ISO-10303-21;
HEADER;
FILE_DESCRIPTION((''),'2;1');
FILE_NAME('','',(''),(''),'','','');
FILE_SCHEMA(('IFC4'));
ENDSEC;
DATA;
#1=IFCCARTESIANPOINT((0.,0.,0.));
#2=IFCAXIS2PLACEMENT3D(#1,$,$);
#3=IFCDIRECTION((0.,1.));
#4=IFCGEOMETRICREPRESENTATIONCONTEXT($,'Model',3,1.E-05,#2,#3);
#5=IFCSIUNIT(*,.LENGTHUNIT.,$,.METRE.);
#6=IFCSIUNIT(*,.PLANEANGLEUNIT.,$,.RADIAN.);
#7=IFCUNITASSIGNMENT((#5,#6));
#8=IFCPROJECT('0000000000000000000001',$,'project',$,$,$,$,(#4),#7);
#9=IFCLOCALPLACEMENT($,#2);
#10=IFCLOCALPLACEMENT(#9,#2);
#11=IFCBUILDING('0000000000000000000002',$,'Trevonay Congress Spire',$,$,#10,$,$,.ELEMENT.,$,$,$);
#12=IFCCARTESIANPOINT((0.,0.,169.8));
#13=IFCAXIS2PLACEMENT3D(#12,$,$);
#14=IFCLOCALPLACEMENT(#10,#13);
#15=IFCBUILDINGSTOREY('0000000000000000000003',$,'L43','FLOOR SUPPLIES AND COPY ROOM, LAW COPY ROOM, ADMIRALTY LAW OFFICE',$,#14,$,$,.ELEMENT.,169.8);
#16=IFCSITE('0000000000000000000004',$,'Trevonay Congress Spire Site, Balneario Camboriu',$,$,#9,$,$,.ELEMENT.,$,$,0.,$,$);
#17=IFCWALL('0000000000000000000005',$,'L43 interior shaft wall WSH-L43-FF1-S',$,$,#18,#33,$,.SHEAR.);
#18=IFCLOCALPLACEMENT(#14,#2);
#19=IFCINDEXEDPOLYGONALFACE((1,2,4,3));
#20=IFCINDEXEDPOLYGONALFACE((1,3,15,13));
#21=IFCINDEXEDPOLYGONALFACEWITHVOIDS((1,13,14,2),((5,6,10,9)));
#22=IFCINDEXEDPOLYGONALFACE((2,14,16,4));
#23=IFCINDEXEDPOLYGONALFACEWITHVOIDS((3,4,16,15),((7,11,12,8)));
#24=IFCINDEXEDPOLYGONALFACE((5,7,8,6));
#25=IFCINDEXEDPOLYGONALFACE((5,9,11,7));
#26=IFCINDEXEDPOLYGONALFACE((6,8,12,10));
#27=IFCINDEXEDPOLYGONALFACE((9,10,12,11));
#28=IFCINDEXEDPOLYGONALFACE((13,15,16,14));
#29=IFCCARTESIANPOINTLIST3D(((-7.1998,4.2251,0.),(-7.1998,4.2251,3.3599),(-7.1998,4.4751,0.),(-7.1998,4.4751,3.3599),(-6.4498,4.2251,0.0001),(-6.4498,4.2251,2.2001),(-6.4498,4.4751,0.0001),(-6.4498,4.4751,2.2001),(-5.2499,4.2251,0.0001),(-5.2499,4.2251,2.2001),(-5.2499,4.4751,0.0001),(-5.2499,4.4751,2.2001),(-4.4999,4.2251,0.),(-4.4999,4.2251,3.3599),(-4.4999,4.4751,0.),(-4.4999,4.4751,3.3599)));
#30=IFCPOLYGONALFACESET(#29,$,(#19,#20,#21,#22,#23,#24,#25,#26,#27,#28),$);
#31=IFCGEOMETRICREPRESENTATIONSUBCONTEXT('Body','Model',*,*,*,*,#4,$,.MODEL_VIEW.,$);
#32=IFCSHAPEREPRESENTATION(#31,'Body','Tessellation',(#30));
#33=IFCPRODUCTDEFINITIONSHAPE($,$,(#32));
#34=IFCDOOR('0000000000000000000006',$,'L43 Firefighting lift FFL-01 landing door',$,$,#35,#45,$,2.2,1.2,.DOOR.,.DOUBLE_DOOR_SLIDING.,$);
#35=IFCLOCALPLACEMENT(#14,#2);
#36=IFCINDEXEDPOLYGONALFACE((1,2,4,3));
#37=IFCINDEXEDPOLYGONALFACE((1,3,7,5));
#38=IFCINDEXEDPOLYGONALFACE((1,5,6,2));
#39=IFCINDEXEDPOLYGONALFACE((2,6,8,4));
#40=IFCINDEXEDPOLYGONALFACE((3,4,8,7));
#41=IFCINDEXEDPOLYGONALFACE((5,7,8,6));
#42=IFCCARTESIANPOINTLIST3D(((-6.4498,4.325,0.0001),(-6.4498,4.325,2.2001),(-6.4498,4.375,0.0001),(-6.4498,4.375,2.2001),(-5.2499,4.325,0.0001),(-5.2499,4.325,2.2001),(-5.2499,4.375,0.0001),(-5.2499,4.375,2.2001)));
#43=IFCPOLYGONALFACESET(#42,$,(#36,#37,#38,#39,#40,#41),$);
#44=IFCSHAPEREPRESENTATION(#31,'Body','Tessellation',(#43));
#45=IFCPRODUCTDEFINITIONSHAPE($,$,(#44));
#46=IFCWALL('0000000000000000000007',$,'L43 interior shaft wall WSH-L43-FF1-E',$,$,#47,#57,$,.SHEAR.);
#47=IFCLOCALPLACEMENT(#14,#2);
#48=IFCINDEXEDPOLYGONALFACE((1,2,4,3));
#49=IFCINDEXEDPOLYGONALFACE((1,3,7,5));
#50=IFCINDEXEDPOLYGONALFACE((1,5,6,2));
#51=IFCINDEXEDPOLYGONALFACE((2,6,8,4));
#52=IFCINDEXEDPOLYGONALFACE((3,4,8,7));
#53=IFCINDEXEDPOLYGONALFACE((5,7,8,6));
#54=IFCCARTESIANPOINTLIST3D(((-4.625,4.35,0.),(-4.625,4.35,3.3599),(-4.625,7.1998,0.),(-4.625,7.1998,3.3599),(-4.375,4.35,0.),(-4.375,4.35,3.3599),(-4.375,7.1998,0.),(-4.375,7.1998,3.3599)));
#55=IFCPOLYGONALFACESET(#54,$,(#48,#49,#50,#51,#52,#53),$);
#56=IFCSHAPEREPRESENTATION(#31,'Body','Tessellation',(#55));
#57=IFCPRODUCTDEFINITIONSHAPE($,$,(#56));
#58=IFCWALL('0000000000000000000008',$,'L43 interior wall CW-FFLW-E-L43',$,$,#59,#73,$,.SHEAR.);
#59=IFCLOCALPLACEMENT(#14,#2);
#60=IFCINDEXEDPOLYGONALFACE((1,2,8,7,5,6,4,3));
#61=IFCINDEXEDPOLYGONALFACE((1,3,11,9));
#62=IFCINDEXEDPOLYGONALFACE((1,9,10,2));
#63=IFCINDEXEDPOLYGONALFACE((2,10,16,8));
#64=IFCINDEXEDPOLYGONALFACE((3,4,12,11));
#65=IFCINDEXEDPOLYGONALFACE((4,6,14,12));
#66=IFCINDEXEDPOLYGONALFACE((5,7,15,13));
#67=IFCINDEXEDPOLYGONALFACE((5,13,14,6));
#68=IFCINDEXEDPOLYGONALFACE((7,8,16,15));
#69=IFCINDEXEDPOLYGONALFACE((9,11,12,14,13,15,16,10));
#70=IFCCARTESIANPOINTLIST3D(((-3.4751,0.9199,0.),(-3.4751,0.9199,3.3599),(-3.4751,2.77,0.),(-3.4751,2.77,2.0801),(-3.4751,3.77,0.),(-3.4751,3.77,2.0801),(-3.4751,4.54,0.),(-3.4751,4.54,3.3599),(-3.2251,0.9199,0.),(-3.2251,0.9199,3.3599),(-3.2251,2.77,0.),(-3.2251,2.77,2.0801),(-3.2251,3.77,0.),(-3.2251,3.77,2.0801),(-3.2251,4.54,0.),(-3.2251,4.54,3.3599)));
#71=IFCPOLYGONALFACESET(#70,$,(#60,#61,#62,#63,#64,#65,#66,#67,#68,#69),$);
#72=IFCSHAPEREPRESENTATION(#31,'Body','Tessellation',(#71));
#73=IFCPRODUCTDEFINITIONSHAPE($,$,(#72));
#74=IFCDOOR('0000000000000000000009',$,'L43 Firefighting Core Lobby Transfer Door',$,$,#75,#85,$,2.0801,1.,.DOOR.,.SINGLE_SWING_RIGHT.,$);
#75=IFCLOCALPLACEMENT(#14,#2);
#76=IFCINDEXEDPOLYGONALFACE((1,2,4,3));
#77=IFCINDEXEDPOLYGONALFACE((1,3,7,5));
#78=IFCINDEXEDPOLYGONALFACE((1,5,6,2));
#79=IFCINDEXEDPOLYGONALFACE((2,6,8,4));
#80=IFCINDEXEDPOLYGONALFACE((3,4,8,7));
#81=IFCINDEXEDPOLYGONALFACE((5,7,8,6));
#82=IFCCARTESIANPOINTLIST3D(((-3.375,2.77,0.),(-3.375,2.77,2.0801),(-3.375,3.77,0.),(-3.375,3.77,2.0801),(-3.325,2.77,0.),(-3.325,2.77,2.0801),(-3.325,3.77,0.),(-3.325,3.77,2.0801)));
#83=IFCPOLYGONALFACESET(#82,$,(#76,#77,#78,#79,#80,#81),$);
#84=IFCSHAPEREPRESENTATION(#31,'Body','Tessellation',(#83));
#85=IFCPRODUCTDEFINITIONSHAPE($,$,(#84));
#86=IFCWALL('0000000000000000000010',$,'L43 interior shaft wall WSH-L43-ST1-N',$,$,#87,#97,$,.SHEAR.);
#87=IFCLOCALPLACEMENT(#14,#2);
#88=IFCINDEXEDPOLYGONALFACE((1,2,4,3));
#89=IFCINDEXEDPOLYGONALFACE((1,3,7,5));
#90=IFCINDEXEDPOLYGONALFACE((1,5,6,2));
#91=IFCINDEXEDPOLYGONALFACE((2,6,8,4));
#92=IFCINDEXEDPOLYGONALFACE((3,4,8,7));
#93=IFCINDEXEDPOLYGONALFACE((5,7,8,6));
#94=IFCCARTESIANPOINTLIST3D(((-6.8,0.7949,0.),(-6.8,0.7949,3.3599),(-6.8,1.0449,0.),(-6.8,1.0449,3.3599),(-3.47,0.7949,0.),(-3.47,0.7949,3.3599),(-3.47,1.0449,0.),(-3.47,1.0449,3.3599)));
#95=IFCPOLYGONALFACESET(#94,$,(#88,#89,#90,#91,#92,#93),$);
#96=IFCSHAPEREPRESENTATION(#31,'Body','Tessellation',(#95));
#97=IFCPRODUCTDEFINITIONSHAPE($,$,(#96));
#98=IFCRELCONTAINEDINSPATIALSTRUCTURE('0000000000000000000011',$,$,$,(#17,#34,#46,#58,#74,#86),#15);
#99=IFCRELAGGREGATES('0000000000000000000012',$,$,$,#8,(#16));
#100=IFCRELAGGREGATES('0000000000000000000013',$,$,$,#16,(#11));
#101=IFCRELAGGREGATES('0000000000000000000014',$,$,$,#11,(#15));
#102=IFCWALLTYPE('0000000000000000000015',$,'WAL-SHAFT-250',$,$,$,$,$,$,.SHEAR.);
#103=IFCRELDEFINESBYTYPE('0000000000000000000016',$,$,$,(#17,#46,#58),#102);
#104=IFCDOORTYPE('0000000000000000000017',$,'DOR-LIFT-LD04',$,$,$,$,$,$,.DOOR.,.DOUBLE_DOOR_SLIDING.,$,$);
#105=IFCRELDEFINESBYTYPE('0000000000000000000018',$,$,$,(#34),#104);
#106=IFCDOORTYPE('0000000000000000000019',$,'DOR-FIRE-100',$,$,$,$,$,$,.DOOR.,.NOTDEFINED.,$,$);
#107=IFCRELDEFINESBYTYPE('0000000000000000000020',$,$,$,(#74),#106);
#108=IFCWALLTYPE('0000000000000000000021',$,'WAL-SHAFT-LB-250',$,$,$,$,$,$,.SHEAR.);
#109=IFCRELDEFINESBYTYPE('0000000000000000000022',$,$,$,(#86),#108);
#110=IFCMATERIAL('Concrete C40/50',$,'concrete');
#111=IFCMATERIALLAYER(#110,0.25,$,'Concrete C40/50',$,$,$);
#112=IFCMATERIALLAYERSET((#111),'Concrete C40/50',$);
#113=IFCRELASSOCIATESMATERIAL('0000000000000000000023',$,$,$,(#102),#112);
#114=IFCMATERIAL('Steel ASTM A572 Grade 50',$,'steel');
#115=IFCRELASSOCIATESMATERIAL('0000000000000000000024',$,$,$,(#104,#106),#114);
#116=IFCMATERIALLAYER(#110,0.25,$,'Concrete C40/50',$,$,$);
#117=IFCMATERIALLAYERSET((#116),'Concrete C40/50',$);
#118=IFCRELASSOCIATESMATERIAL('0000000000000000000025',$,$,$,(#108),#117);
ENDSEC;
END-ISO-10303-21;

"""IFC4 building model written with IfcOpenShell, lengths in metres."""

from ifc_helpers import new_model, si_unit, direction, frame, frame_2d, origin, place, context, subcontext, project, spatial, rectangle, extrude, material, layer, layer_set, type_object, element, fill, save


model = new_model("IFC4")

# Units and contexts
model_context = context("Model", 3, precision=1e-05, world=origin(), true_north=direction((0.0, 1.0)))
body_context = subcontext(model_context, "Body", "Model", "MODEL_VIEW")
ifc_project = project(units=[si_unit("LENGTHUNIT", "METRE"), si_unit("PLANEANGLEUNIT", "RADIAN")], contexts=[model_context])

# Site, building, storey
site_placement = place(None, origin())
site = spatial("IfcSite", under=ifc_project, at=site_placement, Name="Trevonay Congress Spire Site, Balneario Camboriu", CompositionType="ELEMENT", RefElevation=0.0)
building_placement = place(site_placement, origin())
building = spatial("IfcBuilding", under=site, at=building_placement, Name="Trevonay Congress Spire", CompositionType="ELEMENT")
storey_placement = place(building_placement, frame((0.0, 0.0, 169.8)))
storey = spatial("IfcBuildingStorey", under=building, at=storey_placement, Name="L43", Description="FLOOR SUPPLIES AND COPY ROOM, LAW COPY ROOM, ADMIRALTY LAW OFFICE", CompositionType="ELEMENT", Elevation=169.8)

# Shared definitions
ifc_material_1 = material(Name="Steel ASTM A572 Grade 50", Category="steel")

# Shared definitions
ifc_material_2 = material(Name="Concrete C40/50", Category="concrete")
ifc_layer_1 = layer(ifc_material_2, 0.25, Name="Concrete C40/50")
ifc_layer_set_1 = layer_set([ifc_layer_1], Name="Concrete C40/50")
wall_type_1 = type_object("IfcWallType", Name="WAL-SHAFT-250", PredefinedType="SHEAR", material=ifc_layer_set_1)

# Wall, opening, door
wall_1_placement = place(storey_placement, frame((-7.2, 4.3501, 0.0), z_axis=(0.0, 0.0, 1.0), x_axis=(1.0, 0.0, 0.0)))
wall_1 = element("IfcWall", 1, at=wall_1_placement, inside=storey, type_object=wall_type_1, Name="L43 interior shaft wall WSH-L43-FF1-S", PredefinedType="SHEAR", context=body_context, shape_type="SweptSolid", body=[
    extrude(rectangle(XDim=2.7, YDim=0.25, at=frame_2d((1.3501, 0.0))), origin(), (0.0, 0.0, 1.0), 3.3599),
])
opening_1_placement = place(wall_1_placement, frame((0.75, 0.0, 0.0)))
opening_1 = element("IfcOpeningElement", 2, at=opening_1_placement, cuts=wall_1, PredefinedType="OPENING", context=body_context, shape_type="SweptSolid", body=[
    extrude(rectangle(XDim=1.2, YDim=2.2, at=frame_2d((0.6001, 1.1001))), frame((0.0, 0.135, 0.0), z_axis=(0.0, -1.0, 0.0), x_axis=(1.0, 0.0, 0.0)), (0.0, 0.0, 1.0), 0.27),
])
door_type_1 = type_object("IfcDoorType", Name="DOR-LIFT-LD04", OperationType="DOUBLE_DOOR_SLIDING", PredefinedType="DOOR", material=ifc_material_1)
door_1_placement = place(opening_1_placement, origin())
door_1 = element("IfcDoor", 3, at=door_1_placement, inside=storey, type_object=door_type_1, Name="L43 Firefighting lift FFL-01 landing door", OperationType="DOUBLE_DOOR_SLIDING", OverallHeight=2.2, OverallWidth=1.2, PredefinedType="DOOR", context=body_context, shape_type="SweptSolid", body=[
    extrude(rectangle(XDim=1.2, YDim=2.2, at=frame_2d((0.6001, 1.1001))), frame((0.0, 0.0249, 0.0), z_axis=(0.0, -1.0, 0.0), x_axis=(1.0, 0.0, 0.0)), (0.0, 0.0, 1.0), 0.05),
])
fill(opening_1, door_1)

# Wall
wall_2_placement = place(storey_placement, frame((-4.5, 4.3501, 0.0), z_axis=(0.0, 0.0, 1.0), x_axis=(0.0, 1.0, 0.0)))
element("IfcWall", 4, at=wall_2_placement, inside=storey, type_object=wall_type_1, Name="L43 interior shaft wall WSH-L43-FF1-E", PredefinedType="SHEAR", context=body_context, shape_type="SweptSolid", body=[
    extrude(rectangle(XDim=2.8499, YDim=0.25, at=frame_2d((1.4248, 0.0))), origin(), (0.0, 0.0, 1.0), 3.3599),
])

# Wall, opening, door
wall_3_placement = place(storey_placement, frame((-3.3501, 0.9199, 0.0), z_axis=(0.0, 0.0, 1.0), x_axis=(0.0, 1.0, 0.0)))
wall_3 = element("IfcWall", 5, at=wall_3_placement, inside=storey, type_object=wall_type_1, Name="L43 interior wall CW-FFLW-E-L43", PredefinedType="SHEAR", context=body_context, shape_type="SweptSolid", body=[
    extrude(rectangle(XDim=3.6201, YDim=0.25, at=frame_2d((1.8101, 0.0))), origin(), (0.0, 0.0, 1.0), 3.3599),
])
opening_2_placement = place(wall_3_placement, frame((1.8501, 0.0, 0.0)))
opening_2 = element("IfcOpeningElement", 6, at=opening_2_placement, cuts=wall_3, PredefinedType="OPENING", context=body_context, shape_type="SweptSolid", body=[
    extrude(rectangle(XDim=1.0, YDim=2.0801, at=frame_2d((0.5, 1.04))), frame((0.0, 0.135, 0.0), z_axis=(0.0, -1.0, 0.0), x_axis=(1.0, 0.0, 0.0)), (0.0, 0.0, 1.0), 0.27),
])
door_type_2 = type_object("IfcDoorType", Name="DOR-FIRE-100", OperationType="NOTDEFINED", PredefinedType="DOOR", material=ifc_material_1)
door_2_placement = place(opening_2_placement, origin())
door_2 = element("IfcDoor", 7, at=door_2_placement, inside=storey, type_object=door_type_2, Name="L43 Firefighting Core Lobby Transfer Door", OperationType="SINGLE_SWING_RIGHT", OverallHeight=2.0801, OverallWidth=1.0, PredefinedType="DOOR", context=body_context, shape_type="SweptSolid", body=[
    extrude(rectangle(XDim=1.0, YDim=2.0801, at=frame_2d((0.5, 1.04))), frame((0.0, 0.0249, 0.0), z_axis=(0.0, -1.0, 0.0), x_axis=(1.0, 0.0, 0.0)), (0.0, 0.0, 1.0), 0.05),
])
fill(opening_2, door_2)

# Wall
ifc_layer_2 = layer(ifc_material_2, 0.25, Name="Concrete C40/50")
ifc_layer_set_2 = layer_set([ifc_layer_2], Name="Concrete C40/50")
wall_type_2 = type_object("IfcWallType", Name="WAL-SHAFT-LB-250", PredefinedType="SHEAR", material=ifc_layer_set_2)
wall_4_placement = place(storey_placement, frame((-6.8, 0.9199, 0.0), z_axis=(0.0, 0.0, 1.0), x_axis=(1.0, 0.0, 0.0)))
element("IfcWall", 8, at=wall_4_placement, inside=storey, type_object=wall_type_2, Name="L43 interior shaft wall WSH-L43-ST1-N", PredefinedType="SHEAR", context=body_context, shape_type="SweptSolid", body=[
    extrude(rectangle(XDim=3.3301, YDim=0.25, at=frame_2d((1.665, 0.0))), origin(), (0.0, 0.0, 1.0), 3.3599),
])

save(model, "model.ifc")
